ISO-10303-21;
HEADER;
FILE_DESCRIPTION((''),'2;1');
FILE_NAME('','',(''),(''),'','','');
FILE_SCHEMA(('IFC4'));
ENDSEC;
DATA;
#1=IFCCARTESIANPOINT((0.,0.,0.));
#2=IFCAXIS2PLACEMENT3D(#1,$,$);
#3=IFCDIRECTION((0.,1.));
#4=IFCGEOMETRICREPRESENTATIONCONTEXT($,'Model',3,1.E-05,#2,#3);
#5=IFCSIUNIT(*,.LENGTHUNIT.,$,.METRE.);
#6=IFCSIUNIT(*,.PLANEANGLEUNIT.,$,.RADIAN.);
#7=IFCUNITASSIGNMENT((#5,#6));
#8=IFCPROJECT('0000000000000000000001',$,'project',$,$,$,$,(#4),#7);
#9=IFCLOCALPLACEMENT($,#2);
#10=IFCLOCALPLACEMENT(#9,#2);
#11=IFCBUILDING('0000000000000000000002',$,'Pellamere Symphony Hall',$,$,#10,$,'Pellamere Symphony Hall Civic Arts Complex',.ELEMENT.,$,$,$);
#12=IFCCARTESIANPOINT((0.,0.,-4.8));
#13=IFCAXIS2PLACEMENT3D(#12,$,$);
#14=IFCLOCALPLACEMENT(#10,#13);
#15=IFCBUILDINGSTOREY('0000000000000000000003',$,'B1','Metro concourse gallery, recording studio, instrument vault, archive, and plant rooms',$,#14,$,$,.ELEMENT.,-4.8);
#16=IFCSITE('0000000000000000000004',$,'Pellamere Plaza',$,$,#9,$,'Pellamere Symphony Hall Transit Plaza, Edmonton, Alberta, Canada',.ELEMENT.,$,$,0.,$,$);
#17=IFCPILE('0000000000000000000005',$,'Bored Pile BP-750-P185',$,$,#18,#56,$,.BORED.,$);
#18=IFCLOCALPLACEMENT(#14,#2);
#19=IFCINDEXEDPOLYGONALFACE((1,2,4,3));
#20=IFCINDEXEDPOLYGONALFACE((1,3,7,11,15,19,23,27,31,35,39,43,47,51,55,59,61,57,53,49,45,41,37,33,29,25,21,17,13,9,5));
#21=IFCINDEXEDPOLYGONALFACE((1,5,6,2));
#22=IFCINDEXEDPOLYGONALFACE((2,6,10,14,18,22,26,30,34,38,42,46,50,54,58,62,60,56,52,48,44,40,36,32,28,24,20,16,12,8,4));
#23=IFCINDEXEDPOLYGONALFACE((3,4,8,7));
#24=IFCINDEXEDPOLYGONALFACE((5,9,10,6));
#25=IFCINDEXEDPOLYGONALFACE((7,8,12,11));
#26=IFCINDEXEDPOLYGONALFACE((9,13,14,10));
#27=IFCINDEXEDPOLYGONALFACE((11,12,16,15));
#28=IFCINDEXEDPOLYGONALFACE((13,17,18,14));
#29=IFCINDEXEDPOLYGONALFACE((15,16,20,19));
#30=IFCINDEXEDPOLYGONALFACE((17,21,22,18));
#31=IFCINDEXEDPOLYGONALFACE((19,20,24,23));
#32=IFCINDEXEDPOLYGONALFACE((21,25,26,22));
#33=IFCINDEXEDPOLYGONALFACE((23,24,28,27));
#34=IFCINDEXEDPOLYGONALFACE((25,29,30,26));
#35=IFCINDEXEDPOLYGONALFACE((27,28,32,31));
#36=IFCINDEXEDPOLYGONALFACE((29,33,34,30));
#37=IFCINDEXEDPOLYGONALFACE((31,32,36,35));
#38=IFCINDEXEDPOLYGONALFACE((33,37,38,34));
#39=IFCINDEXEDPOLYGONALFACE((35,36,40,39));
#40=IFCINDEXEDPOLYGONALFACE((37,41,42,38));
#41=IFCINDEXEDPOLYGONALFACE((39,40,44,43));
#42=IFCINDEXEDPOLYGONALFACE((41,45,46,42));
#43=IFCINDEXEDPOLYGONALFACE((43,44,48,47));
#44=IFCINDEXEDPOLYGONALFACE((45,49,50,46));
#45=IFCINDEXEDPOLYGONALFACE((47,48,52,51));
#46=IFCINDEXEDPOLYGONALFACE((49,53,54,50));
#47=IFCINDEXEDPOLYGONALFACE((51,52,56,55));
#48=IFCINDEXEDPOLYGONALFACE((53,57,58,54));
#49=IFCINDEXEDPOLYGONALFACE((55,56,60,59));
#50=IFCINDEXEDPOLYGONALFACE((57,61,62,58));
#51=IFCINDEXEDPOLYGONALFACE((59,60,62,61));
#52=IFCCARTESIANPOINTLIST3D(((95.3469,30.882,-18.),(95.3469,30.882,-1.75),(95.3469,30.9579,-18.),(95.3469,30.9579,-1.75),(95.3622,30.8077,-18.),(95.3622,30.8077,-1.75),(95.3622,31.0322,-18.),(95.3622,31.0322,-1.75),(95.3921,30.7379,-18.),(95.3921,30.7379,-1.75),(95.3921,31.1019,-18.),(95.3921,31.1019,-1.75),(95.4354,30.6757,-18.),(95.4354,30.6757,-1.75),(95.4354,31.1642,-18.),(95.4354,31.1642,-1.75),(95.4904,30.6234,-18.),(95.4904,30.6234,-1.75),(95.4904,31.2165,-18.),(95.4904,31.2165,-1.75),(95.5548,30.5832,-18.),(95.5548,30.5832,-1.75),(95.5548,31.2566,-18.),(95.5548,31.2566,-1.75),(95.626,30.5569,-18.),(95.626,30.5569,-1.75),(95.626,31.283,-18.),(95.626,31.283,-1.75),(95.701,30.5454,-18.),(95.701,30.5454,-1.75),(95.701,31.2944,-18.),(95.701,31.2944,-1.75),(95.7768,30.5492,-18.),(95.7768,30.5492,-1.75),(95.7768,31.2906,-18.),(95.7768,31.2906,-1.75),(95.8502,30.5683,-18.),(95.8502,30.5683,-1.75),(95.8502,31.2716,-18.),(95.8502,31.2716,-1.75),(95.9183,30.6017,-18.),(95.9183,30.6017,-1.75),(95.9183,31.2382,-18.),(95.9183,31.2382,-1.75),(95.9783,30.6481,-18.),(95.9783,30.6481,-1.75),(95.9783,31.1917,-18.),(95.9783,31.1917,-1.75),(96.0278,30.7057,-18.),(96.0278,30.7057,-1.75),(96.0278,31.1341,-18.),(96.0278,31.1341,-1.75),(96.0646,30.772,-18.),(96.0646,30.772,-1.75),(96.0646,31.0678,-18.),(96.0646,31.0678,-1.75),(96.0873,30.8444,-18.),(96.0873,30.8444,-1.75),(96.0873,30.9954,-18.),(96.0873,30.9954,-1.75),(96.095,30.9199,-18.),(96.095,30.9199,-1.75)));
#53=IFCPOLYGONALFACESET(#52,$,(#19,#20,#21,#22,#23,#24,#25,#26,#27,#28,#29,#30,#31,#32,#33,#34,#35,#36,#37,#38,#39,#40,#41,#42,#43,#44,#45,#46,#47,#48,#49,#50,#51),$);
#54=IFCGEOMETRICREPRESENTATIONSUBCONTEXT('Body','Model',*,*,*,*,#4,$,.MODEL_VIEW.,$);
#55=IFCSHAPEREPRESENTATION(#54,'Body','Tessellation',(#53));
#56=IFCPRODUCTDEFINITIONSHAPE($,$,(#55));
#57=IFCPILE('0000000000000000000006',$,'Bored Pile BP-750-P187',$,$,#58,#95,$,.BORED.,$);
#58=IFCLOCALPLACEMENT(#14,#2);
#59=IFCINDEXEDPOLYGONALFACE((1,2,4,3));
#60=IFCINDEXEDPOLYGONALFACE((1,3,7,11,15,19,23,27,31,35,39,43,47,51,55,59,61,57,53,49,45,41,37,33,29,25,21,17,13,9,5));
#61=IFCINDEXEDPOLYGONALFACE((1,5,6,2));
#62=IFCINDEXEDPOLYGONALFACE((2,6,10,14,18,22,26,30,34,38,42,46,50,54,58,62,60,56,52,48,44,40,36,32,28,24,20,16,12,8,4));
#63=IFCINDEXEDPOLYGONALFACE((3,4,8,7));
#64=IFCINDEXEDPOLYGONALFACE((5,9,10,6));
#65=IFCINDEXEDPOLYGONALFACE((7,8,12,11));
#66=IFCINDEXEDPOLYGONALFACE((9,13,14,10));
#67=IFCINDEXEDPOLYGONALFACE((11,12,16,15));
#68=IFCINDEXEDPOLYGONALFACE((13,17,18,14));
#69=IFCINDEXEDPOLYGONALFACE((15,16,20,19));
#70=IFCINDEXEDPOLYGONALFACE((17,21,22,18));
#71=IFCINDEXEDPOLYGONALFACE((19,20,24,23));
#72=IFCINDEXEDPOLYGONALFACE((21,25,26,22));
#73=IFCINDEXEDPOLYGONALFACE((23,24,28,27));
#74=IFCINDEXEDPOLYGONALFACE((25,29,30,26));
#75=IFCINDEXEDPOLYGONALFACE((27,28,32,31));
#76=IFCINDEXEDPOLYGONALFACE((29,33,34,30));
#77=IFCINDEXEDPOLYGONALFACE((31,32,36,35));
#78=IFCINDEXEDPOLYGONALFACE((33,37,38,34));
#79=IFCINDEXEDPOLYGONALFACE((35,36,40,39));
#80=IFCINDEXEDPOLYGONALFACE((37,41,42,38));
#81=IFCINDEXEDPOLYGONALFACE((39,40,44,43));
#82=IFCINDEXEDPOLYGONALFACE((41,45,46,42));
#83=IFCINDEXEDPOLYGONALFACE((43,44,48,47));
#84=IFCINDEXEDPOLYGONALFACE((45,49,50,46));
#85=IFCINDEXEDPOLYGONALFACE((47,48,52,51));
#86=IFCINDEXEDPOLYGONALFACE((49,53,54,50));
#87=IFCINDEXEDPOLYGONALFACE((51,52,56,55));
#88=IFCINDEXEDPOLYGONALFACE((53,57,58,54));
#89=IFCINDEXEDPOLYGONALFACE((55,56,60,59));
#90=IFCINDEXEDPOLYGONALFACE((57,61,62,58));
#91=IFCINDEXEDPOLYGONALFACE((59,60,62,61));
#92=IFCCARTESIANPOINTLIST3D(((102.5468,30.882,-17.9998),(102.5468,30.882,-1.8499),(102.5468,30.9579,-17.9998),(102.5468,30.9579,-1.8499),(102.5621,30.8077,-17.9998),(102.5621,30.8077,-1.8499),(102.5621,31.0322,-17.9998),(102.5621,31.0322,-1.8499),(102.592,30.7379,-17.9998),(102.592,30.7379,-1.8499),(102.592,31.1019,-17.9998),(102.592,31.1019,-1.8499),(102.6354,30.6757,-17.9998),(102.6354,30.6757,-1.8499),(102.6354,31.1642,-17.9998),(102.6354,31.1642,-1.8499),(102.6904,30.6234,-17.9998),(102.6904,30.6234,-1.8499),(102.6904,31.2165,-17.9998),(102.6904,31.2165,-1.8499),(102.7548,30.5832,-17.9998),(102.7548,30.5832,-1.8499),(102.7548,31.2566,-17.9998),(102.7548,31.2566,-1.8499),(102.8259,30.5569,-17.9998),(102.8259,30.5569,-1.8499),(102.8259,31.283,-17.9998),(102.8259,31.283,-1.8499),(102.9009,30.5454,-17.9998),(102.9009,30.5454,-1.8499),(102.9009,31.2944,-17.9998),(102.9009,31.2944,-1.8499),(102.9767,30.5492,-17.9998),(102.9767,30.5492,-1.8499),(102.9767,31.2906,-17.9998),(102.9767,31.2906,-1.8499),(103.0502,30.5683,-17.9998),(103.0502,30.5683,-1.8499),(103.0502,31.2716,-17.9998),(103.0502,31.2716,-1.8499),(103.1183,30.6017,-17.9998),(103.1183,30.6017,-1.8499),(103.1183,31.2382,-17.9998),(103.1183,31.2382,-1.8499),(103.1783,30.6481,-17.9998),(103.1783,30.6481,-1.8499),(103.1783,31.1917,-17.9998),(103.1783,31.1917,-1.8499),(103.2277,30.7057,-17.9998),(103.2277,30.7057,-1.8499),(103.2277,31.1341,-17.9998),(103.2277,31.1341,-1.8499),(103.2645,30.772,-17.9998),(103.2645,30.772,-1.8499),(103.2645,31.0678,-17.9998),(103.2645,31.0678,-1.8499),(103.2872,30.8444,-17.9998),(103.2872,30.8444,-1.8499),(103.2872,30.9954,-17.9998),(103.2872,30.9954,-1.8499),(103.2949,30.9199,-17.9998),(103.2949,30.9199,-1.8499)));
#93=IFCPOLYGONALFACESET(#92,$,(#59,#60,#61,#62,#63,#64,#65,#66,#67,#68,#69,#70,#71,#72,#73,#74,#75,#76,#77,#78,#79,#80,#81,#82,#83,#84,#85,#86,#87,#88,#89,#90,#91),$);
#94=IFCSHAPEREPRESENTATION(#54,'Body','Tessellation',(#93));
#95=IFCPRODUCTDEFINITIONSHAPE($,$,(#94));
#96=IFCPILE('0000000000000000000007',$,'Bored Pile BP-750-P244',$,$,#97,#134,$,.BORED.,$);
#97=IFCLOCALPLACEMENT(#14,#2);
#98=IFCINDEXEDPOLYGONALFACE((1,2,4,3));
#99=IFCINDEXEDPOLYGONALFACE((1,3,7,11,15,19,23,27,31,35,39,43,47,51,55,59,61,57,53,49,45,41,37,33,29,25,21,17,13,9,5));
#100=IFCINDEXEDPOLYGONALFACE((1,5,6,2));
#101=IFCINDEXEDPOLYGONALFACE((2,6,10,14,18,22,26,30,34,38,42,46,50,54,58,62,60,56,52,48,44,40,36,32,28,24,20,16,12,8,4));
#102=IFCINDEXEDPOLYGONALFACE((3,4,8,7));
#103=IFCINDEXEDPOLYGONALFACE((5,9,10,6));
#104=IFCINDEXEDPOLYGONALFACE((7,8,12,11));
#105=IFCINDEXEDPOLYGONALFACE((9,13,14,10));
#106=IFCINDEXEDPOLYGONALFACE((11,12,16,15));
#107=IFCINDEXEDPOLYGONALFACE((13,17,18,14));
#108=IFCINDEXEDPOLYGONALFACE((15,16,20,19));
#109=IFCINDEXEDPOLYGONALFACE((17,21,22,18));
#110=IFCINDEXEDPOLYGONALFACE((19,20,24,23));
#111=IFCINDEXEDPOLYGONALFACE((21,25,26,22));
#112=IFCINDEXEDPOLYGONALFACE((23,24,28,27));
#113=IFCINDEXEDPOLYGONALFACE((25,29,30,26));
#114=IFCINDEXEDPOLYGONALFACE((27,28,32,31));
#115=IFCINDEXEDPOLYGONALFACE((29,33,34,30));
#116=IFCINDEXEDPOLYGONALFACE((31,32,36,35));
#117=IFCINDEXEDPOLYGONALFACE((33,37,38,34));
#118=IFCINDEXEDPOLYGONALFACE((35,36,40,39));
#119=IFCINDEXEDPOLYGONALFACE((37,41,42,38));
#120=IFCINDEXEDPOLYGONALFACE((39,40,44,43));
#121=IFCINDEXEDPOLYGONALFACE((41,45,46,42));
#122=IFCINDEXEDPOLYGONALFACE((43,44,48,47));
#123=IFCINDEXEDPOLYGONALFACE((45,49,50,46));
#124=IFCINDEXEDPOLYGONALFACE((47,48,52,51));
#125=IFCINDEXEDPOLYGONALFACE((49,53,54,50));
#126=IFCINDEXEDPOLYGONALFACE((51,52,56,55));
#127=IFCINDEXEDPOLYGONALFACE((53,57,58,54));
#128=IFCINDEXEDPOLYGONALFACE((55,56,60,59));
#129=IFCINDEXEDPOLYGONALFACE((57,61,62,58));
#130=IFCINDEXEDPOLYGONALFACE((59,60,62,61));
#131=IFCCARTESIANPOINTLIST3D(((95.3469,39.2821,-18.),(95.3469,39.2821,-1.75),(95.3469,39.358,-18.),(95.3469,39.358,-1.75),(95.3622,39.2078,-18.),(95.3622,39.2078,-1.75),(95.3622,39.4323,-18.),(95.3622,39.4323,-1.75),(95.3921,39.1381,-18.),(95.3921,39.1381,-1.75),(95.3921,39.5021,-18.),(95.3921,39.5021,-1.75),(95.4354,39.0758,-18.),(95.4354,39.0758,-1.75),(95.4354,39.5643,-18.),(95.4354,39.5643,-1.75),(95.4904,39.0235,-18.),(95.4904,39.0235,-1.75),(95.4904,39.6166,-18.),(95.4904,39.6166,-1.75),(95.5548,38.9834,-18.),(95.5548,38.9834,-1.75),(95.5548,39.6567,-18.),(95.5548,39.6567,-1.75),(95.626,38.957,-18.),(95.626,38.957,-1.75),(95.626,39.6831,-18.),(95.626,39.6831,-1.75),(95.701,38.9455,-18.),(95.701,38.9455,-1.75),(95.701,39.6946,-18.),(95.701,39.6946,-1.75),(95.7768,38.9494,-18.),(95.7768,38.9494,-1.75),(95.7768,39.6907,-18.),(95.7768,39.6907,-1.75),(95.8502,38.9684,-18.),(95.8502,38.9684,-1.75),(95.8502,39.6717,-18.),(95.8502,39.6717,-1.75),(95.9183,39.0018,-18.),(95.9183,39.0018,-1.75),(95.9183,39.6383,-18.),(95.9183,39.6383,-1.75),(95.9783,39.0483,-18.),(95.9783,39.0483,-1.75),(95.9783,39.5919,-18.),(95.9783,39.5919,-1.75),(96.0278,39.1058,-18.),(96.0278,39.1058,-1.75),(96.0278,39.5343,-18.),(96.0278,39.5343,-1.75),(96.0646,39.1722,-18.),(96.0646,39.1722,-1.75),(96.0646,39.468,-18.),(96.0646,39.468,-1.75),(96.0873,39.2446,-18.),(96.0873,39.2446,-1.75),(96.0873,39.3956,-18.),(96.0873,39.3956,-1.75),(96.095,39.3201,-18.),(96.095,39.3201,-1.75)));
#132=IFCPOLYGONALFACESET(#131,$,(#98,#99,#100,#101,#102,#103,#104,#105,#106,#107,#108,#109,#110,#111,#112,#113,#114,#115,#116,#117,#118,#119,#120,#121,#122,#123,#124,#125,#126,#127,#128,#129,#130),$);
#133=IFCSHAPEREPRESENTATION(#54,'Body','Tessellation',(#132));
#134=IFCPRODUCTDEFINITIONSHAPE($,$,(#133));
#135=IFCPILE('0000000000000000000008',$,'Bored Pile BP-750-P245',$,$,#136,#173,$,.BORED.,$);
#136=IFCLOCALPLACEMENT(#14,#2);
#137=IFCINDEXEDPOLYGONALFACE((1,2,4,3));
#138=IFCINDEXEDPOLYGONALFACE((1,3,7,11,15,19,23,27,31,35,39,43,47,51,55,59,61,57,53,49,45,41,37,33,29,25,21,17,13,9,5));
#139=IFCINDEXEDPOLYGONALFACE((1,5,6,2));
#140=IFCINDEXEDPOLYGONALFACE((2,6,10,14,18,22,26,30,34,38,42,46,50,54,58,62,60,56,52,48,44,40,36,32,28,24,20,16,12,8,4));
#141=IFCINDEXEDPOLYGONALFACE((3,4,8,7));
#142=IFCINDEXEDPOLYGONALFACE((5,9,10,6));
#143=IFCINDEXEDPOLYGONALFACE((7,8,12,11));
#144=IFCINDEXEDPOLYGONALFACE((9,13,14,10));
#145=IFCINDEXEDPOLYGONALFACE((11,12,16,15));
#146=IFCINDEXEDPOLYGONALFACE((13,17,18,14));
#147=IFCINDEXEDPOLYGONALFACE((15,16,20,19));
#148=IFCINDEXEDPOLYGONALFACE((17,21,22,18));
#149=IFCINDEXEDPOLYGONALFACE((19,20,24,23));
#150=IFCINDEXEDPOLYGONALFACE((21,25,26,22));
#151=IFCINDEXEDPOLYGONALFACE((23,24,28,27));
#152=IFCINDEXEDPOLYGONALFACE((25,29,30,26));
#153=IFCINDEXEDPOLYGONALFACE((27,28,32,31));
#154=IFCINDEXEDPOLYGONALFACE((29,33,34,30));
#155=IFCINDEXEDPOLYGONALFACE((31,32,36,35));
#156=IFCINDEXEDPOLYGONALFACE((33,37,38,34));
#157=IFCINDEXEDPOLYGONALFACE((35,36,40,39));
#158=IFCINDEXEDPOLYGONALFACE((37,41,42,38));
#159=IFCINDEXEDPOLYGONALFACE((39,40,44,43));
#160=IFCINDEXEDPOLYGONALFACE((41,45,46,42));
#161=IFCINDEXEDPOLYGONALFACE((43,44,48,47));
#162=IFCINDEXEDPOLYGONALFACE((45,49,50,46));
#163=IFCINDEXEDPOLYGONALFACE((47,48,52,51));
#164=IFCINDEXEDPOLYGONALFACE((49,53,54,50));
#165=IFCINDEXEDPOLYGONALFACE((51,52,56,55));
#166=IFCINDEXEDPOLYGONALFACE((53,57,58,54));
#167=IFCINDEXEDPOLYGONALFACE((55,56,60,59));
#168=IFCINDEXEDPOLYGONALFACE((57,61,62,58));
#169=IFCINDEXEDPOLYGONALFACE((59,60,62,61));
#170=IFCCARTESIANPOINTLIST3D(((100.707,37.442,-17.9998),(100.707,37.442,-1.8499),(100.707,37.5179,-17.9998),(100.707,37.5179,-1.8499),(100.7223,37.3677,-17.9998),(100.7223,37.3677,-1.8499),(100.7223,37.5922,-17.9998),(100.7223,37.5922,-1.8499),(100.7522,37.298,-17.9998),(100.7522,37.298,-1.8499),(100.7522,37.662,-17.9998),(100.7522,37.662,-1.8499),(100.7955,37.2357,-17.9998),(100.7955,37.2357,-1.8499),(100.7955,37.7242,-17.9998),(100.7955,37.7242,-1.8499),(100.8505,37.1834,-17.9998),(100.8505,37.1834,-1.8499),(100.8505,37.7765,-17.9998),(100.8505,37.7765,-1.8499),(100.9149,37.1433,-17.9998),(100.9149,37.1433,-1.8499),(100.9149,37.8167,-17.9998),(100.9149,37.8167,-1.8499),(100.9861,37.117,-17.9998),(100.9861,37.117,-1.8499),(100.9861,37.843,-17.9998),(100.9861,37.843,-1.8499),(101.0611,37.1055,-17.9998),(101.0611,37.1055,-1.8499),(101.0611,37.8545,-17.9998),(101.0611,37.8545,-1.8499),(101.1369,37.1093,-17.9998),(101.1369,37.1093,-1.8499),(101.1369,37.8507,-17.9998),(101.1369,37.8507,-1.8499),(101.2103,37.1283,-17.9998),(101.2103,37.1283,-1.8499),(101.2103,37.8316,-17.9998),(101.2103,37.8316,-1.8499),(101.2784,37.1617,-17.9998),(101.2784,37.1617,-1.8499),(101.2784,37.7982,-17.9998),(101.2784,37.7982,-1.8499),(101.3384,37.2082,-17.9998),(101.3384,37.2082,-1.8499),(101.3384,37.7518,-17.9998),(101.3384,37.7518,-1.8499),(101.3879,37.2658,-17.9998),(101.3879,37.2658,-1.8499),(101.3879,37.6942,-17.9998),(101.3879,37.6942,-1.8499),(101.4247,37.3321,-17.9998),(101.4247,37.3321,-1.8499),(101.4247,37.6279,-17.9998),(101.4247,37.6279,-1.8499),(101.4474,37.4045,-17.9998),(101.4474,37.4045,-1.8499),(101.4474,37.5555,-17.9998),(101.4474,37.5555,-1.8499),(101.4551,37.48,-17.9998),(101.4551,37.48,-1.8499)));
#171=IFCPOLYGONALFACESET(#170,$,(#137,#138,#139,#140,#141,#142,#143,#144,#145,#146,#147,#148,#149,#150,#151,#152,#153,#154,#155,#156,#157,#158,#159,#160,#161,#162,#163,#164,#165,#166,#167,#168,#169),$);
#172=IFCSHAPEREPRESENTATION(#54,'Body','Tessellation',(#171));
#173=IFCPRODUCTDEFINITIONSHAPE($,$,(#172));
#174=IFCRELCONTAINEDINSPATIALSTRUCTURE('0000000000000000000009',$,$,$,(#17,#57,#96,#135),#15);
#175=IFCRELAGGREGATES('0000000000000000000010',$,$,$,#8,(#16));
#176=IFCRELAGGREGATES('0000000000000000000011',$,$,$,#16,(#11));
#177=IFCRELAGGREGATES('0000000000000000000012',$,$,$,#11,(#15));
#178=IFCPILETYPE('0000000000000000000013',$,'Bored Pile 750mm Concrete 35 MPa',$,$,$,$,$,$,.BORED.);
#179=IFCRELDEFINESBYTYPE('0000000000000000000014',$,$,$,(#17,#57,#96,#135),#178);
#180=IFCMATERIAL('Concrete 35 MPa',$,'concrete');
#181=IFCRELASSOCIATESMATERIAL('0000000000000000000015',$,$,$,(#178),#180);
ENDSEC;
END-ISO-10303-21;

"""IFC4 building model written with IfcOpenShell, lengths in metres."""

from ifc_helpers import new_model, si_unit, direction, frame, origin, origin_2d, place, context, subcontext, project, spatial, circle, extrude, material, material_profile, profile_set, type_object, element, save


model = new_model("IFC4")

# Units and contexts
model_context = context("Model", 3, precision=1e-05, world=origin(), true_north=direction((0.0, 1.0)))
body_context = subcontext(model_context, "Body", "Model", "MODEL_VIEW")
ifc_project = project(units=[si_unit("LENGTHUNIT", "METRE"), si_unit("PLANEANGLEUNIT", "RADIAN")], contexts=[model_context])

# Site, building, storey
site_placement = place(None, origin())
site = spatial("IfcSite", under=ifc_project, at=site_placement, Name="Pellamere Plaza", LongName="Pellamere Symphony Hall Transit Plaza, Edmonton, Alberta, Canada", CompositionType="ELEMENT", RefElevation=0.0)
building_placement = place(site_placement, origin())
building = spatial("IfcBuilding", under=site, at=building_placement, Name="Pellamere Symphony Hall", LongName="Pellamere Symphony Hall Civic Arts Complex", CompositionType="ELEMENT")
storey_placement = place(building_placement, frame((0.0, 0.0, -4.8)))
storey = spatial("IfcBuildingStorey", under=building, at=storey_placement, Name="B1", Description="Metro concourse gallery, recording studio, instrument vault, archive, and plant rooms", CompositionType="ELEMENT", Elevation=-4.8)

# Piles
ifc_material_1 = material(Name="Concrete 35 MPa", Category="concrete")
ifc_material_profile_1 = material_profile(ifc_material_1, circle(Radius=0.375, at=origin_2d()), Name="PILE D750")
ifc_profile_set_1 = profile_set([ifc_material_profile_1], Name="Concrete 35 MPa")
pile_type_1 = type_object("IfcPileType", Name="Bored Pile 750mm Concrete 35 MPa", PredefinedType="BORED", material=ifc_profile_set_1)
pile_1_placement = place(storey_placement, frame((95.72, 30.9199, -1.75), z_axis=(0.0, 0.0, -1.0), x_axis=(1.0, 0.0, 0.0)))
element("IfcPile", 1, at=pile_1_placement, inside=storey, type_object=pile_type_1, Name="Bored Pile BP-750-P185", PredefinedType="BORED", context=body_context, shape_type="SweptSolid", body=[
    extrude(circle(Radius=0.375, at=origin_2d()), origin(), (0.0, 0.0, 1.0), 16.25),
])
pile_2_placement = place(storey_placement, frame((102.9199, 30.9199, -1.8499), z_axis=(0.0, 0.0, -1.0), x_axis=(1.0, 0.0, 0.0)))
element("IfcPile", 2, at=pile_2_placement, inside=storey, type_object=pile_type_1, Name="Bored Pile BP-750-P187", PredefinedType="BORED", context=body_context, shape_type="SweptSolid", body=[
    extrude(circle(Radius=0.375, at=origin_2d()), origin(), (0.0, 0.0, 1.0), 16.1499),
])
pile_3_placement = place(storey_placement, frame((95.72, 39.3201, -1.75), z_axis=(0.0, 0.0, -1.0), x_axis=(1.0, 0.0, 0.0)))
element("IfcPile", 3, at=pile_3_placement, inside=storey, type_object=pile_type_1, Name="Bored Pile BP-750-P244", PredefinedType="BORED", context=body_context, shape_type="SweptSolid", body=[
    extrude(circle(Radius=0.375, at=origin_2d()), origin(), (0.0, 0.0, 1.0), 16.25),
])
for number, where, z_axis, x_axis, name in (
    (4, (101.0801, 37.48, -1.8499), (0.0, 0.0, -1.0), (1.0, 0.0, 0.0), "Bored Pile BP-750-P245"),
):
    element("IfcPile", number, at=place(storey_placement, frame(where, z_axis=z_axis, x_axis=x_axis)), inside=storey, type_object=pile_type_1, Name=name, PredefinedType="BORED", context=body_context, shape_type="SweptSolid", body=[
        extrude(circle(Radius=0.375, at=origin_2d()), origin(), (0.0, 0.0, 1.0), 16.1499),
    ])

save(model, "model.ifc")
